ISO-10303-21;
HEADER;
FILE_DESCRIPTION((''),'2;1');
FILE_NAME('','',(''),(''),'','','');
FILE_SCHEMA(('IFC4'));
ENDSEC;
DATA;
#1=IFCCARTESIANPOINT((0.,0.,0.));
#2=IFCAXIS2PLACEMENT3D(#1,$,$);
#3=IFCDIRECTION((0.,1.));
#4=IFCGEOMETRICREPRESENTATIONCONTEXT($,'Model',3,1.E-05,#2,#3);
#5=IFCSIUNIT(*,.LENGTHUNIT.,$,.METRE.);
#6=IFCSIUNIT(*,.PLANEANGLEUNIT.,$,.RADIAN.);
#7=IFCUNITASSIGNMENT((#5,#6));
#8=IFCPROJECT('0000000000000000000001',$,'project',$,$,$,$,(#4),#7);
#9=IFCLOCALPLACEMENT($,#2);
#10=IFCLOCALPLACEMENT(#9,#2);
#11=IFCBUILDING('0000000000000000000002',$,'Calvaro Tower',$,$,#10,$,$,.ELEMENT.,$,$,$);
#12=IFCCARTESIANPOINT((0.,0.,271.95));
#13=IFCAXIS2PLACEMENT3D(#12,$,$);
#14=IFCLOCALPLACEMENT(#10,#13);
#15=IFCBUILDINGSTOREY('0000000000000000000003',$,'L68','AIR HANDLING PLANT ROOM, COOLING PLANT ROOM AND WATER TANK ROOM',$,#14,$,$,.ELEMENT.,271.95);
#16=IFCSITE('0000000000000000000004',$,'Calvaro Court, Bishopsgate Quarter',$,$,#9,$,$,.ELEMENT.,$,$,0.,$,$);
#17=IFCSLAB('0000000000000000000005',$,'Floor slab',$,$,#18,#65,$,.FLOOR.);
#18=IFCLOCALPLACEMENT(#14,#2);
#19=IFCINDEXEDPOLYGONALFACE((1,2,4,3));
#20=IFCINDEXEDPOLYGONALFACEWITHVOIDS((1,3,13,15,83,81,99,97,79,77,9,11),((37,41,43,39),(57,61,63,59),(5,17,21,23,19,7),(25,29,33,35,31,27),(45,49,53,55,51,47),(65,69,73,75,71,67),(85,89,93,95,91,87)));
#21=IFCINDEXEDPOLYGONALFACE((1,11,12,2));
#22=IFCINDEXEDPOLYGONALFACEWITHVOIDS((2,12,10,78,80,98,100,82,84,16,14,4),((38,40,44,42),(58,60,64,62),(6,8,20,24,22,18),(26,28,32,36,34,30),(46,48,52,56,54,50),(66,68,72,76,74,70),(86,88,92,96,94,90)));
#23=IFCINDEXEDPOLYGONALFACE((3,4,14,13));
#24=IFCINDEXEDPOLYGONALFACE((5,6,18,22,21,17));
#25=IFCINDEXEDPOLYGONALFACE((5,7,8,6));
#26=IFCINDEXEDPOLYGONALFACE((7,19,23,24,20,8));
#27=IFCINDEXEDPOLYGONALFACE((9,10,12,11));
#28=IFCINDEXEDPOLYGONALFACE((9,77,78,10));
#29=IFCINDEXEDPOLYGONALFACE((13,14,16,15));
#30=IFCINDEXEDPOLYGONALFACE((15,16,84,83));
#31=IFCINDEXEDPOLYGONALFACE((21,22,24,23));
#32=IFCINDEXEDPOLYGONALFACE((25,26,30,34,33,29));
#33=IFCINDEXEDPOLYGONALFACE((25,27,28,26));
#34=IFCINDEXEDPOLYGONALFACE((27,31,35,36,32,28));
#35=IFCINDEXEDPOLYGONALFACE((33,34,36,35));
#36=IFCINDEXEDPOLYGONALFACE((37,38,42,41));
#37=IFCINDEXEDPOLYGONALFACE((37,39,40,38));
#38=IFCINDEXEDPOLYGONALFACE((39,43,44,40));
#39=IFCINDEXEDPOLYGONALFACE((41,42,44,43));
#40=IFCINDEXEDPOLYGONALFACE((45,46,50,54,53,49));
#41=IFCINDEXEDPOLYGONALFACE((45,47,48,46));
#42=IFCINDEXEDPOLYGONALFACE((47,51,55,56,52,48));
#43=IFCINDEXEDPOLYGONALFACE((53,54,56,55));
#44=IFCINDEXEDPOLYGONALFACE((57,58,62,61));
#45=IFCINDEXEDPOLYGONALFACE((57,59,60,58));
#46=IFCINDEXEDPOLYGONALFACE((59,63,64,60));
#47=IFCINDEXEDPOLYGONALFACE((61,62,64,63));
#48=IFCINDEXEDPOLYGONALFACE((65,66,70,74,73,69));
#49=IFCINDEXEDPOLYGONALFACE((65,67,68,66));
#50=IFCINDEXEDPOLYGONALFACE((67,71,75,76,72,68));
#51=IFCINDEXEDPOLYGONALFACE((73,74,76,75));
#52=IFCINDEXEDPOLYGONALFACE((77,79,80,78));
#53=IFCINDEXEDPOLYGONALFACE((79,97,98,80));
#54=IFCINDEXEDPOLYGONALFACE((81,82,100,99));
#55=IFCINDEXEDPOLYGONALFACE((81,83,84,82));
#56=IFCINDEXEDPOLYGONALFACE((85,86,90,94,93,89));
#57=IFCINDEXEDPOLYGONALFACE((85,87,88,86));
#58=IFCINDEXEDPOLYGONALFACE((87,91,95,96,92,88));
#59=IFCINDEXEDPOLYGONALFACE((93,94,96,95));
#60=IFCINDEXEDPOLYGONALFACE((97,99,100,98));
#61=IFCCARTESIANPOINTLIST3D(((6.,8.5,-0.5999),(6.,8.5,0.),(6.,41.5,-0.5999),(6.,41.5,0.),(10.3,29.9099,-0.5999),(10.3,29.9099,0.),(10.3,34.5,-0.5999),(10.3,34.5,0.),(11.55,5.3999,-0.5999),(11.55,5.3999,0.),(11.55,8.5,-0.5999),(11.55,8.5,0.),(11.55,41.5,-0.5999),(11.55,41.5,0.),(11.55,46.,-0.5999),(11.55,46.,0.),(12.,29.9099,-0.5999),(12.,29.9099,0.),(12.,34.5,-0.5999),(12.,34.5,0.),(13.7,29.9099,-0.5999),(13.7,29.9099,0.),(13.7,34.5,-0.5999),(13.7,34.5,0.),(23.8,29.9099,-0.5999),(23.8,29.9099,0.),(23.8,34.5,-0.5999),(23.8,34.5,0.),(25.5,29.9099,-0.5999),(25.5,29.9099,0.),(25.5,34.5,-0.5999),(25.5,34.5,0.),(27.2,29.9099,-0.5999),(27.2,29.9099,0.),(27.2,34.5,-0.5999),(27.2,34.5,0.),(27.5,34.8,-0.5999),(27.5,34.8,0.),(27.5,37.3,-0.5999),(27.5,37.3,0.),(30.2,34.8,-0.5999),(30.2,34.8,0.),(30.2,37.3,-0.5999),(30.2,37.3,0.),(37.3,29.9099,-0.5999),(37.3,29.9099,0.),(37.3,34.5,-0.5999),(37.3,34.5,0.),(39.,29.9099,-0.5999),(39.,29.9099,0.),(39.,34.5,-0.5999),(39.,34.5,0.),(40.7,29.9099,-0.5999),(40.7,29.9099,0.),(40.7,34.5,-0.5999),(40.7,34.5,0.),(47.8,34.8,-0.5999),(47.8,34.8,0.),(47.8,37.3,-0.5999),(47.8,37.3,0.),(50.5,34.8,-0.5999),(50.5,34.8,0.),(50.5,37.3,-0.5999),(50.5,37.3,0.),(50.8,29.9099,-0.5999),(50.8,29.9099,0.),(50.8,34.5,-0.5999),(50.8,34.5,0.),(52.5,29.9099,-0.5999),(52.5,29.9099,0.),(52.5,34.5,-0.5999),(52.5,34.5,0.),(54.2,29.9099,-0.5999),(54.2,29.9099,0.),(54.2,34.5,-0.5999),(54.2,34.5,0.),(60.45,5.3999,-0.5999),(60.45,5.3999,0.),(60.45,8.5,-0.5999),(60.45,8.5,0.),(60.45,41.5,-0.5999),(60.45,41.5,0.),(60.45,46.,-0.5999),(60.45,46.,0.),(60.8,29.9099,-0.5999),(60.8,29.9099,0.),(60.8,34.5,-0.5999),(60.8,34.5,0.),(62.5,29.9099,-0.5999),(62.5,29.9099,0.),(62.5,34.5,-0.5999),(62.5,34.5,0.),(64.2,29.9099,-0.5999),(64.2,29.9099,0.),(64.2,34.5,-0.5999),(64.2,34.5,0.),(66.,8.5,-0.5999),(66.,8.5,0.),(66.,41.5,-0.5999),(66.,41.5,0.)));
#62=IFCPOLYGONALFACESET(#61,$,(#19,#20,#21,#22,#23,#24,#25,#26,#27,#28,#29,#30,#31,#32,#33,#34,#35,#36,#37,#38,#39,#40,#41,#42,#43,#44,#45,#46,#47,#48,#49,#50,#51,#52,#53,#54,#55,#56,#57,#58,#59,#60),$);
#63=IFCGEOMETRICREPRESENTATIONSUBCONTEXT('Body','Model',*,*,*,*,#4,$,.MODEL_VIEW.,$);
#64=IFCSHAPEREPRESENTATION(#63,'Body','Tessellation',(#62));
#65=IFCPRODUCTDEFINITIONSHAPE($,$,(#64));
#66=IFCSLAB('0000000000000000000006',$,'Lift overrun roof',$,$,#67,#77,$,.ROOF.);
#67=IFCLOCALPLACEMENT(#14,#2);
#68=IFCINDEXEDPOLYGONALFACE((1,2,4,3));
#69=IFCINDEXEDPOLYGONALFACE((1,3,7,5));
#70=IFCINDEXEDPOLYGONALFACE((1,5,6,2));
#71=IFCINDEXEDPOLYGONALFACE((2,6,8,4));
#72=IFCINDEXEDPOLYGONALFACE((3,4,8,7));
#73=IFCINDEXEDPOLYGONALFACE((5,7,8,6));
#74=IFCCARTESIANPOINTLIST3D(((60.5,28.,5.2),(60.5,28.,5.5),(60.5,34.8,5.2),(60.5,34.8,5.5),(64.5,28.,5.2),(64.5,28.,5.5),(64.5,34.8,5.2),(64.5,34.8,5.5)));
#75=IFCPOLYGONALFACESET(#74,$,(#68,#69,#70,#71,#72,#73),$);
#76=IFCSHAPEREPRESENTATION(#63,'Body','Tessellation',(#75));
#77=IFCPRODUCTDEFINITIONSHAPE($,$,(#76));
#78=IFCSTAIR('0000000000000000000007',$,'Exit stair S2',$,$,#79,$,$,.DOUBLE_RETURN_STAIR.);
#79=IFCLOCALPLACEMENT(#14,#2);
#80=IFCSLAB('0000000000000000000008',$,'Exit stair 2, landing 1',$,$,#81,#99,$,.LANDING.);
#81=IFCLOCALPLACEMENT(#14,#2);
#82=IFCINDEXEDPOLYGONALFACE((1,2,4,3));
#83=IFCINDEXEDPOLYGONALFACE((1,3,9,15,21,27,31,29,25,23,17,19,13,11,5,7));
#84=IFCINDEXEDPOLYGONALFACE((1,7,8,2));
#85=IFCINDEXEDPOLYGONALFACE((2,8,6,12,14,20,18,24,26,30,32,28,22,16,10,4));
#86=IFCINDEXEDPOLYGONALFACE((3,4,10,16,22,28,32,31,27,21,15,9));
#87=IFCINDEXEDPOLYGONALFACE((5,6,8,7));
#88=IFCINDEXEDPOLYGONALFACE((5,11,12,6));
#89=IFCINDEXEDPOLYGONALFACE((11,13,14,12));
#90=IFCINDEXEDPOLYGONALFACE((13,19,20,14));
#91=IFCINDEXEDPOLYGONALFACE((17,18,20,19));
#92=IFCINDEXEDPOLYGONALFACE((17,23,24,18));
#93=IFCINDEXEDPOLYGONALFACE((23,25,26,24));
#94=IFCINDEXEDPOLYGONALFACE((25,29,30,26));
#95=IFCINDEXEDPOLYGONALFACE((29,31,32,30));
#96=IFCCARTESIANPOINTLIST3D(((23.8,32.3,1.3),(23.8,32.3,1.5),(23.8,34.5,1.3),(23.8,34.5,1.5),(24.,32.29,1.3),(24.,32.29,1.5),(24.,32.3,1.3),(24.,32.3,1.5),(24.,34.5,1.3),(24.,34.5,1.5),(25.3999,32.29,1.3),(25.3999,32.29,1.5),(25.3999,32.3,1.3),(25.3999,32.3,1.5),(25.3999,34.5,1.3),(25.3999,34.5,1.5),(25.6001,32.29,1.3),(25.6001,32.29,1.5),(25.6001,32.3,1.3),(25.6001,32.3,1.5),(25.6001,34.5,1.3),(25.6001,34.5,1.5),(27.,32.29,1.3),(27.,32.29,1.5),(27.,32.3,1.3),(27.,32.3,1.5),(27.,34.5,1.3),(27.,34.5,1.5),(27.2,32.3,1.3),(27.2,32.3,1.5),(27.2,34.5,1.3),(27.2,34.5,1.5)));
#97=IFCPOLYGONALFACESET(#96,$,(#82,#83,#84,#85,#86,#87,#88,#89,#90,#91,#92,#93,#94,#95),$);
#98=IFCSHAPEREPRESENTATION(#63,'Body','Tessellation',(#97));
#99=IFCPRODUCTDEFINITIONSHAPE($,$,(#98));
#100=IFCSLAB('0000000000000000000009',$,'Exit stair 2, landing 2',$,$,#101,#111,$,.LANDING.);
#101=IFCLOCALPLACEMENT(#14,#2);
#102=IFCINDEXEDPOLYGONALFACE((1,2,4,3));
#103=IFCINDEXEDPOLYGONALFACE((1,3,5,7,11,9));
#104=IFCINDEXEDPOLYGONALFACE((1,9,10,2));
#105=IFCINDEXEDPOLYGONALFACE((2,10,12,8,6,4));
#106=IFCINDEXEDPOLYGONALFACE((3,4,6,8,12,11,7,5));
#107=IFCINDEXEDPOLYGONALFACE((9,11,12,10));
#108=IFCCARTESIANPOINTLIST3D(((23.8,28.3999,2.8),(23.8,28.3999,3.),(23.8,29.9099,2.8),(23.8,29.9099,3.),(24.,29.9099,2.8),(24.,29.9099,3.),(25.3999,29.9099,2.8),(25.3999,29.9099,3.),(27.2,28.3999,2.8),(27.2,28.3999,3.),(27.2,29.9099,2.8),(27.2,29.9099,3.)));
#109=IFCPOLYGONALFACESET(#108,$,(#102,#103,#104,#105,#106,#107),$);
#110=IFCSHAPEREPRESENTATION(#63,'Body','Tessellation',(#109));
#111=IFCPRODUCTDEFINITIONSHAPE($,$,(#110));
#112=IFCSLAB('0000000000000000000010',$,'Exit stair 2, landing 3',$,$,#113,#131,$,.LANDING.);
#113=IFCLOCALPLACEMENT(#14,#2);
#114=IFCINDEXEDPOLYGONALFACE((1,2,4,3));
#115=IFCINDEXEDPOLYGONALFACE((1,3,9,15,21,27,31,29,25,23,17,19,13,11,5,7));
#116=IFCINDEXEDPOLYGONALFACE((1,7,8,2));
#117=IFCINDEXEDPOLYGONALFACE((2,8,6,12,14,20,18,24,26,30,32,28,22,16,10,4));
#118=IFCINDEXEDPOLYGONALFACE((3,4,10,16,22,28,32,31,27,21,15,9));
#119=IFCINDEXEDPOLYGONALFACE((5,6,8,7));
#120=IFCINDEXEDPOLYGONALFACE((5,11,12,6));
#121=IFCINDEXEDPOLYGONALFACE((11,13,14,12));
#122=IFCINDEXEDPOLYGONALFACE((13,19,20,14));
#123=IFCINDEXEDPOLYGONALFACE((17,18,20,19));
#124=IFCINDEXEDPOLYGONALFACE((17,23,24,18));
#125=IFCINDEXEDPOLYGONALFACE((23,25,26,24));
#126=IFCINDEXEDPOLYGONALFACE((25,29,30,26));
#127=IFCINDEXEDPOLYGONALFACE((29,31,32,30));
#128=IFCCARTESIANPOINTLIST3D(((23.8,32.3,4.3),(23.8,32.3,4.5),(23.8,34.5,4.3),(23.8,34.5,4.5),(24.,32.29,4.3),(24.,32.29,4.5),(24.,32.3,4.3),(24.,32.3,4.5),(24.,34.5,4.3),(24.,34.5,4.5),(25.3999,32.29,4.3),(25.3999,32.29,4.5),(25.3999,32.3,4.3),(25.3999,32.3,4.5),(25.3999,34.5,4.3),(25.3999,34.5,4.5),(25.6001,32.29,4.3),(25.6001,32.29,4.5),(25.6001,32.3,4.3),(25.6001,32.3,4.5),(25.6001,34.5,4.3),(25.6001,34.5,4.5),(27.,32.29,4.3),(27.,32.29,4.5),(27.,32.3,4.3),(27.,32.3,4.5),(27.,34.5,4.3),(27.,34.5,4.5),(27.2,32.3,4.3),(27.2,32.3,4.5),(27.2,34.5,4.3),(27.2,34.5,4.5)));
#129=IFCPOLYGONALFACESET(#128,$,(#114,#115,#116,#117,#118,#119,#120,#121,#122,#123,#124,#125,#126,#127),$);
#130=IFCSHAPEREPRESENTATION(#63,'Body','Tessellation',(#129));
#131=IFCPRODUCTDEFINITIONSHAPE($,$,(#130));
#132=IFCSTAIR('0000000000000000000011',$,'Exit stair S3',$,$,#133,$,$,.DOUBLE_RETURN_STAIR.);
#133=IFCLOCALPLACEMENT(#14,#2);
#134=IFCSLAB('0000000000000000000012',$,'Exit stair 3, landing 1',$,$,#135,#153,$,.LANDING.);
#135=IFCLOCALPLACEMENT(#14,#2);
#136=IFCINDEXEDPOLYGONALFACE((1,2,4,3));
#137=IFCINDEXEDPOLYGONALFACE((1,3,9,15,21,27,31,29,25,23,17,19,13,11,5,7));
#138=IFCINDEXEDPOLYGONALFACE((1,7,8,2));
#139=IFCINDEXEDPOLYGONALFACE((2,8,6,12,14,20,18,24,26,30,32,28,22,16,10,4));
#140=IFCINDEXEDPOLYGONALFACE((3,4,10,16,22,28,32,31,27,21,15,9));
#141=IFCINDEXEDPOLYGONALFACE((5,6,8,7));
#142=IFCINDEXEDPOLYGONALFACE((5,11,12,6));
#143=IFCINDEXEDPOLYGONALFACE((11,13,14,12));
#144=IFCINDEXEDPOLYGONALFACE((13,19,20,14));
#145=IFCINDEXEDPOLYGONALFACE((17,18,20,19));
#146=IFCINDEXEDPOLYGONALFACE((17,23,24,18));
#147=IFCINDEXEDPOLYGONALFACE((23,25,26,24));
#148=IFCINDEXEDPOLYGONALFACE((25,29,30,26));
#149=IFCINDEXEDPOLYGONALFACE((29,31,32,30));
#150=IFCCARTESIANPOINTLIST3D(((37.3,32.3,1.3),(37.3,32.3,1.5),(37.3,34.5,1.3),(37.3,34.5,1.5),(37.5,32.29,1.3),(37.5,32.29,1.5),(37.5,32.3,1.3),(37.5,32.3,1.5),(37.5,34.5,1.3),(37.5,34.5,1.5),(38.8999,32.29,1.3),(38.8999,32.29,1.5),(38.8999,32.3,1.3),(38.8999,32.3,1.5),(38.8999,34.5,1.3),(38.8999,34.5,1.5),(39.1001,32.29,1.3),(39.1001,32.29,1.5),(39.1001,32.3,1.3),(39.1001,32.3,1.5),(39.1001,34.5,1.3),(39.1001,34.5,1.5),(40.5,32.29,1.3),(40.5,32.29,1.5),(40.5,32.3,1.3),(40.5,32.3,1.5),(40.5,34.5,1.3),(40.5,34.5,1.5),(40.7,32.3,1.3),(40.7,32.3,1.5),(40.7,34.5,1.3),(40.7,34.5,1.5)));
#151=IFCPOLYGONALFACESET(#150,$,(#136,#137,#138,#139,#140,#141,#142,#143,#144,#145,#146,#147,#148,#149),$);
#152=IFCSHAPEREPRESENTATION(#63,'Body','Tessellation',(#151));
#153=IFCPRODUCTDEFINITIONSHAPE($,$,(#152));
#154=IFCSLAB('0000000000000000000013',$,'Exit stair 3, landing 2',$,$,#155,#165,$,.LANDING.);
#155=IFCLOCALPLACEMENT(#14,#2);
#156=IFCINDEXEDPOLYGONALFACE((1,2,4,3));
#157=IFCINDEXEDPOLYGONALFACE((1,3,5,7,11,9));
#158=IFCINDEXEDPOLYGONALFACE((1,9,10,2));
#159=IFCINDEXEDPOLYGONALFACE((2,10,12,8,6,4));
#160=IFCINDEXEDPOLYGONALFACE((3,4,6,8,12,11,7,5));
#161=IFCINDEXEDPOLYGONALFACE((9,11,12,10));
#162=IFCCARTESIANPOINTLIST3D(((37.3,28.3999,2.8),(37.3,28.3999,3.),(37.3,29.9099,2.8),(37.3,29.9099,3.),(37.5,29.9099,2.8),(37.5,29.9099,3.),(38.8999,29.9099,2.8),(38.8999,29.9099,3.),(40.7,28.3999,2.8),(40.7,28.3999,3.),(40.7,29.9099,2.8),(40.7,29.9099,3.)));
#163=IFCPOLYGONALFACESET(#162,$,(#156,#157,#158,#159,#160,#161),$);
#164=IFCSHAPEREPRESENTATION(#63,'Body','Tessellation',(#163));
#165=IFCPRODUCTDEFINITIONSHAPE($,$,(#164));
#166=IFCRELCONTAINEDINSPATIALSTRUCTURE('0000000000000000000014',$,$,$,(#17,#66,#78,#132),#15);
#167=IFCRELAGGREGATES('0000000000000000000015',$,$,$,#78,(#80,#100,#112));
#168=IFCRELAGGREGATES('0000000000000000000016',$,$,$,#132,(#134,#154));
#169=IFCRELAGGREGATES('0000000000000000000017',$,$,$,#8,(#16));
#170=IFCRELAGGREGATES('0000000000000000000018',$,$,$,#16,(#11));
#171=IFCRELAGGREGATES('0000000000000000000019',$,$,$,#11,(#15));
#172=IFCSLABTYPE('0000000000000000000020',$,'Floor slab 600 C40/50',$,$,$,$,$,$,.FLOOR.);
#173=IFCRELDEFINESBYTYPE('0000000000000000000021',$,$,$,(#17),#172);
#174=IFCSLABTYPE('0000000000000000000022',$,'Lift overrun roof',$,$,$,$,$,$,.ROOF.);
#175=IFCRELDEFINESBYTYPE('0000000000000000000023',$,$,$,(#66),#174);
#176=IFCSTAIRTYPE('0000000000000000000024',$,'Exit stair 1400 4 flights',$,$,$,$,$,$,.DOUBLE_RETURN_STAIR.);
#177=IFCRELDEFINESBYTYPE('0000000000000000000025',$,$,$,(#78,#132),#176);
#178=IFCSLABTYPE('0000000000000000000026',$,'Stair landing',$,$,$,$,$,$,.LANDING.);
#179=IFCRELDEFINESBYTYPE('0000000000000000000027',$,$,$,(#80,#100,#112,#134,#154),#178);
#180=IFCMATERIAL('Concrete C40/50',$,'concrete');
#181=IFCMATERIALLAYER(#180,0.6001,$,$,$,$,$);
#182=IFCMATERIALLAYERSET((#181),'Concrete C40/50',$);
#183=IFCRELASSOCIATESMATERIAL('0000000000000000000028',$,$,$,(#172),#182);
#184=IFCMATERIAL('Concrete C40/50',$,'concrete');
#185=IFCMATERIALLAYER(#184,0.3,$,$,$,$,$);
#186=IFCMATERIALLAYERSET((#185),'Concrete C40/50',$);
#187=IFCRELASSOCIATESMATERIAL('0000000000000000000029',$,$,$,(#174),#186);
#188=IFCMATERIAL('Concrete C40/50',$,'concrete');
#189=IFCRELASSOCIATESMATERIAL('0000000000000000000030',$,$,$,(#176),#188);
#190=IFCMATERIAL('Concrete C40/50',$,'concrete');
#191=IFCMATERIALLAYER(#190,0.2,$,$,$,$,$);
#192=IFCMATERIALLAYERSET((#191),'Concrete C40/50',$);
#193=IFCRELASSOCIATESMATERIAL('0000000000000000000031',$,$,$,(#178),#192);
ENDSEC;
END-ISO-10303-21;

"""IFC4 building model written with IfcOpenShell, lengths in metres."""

from ifc_helpers import new_model, si_unit, direction, frame, origin, place, context, subcontext, project, spatial, polyline, outline, extrude, material, layer, layer_set, type_object, element, aggregate, save


model = new_model("IFC4")

# Units and contexts
model_context = context("Model", 3, precision=1e-05, world=origin(), true_north=direction((0.0, 1.0)))
body_context = subcontext(model_context, "Body", "Model", "MODEL_VIEW")
ifc_project = project(units=[si_unit("LENGTHUNIT", "METRE"), si_unit("PLANEANGLEUNIT", "RADIAN")], contexts=[model_context])

# Site, building, storey
site_placement = place(None, origin())
site = spatial("IfcSite", under=ifc_project, at=site_placement, Name="Calvaro Court, Bishopsgate Quarter", CompositionType="ELEMENT", RefElevation=0.0)
building_placement = place(site_placement, origin())
building = spatial("IfcBuilding", under=site, at=building_placement, Name="Calvaro Tower", CompositionType="ELEMENT")
storey_placement = place(building_placement, frame((0.0, 0.0, 271.95)))
storey = spatial("IfcBuildingStorey", under=building, at=storey_placement, Name="L68", Description="AIR HANDLING PLANT ROOM, COOLING PLANT ROOM AND WATER TANK ROOM", CompositionType="ELEMENT", Elevation=271.95)

# Slabs
ifc_material_1 = material(Name="Concrete C40/50", Category="concrete")
ifc_layer_1 = layer(ifc_material_1, 0.6001)
ifc_layer_set_1 = layer_set([ifc_layer_1], Name="Concrete C40/50")
slab_type_1 = type_object("IfcSlabType", Name="Floor slab 600 C40/50", PredefinedType="FLOOR", material=ifc_layer_set_1)
slab_1_placement = place(storey_placement, frame((0.0, 0.0, -0.5999)))
element("IfcSlab", 1, at=slab_1_placement, inside=storey, type_object=slab_type_1, Name="Floor slab", PredefinedType="FLOOR", context=body_context, shape_type="SweptSolid", body=[
    extrude(outline(polyline([(60.45, 8.5), (60.45, 5.3999), (11.55, 5.3999), (11.55, 8.5), (6.0, 8.5), (6.0, 41.5), (11.55, 41.5), (11.55, 46.0), (60.45, 46.0), (60.45, 41.5), (66.0, 41.5), (66.0, 8.5), (60.45, 8.5)]), holes=[polyline([(10.3, 29.9099), (10.3, 34.5), (12.0, 34.5), (13.7, 34.5), (13.7, 29.9099), (12.0, 29.9099), (10.3, 29.9099)]), polyline([(23.8, 29.9099), (23.8, 34.5), (25.5, 34.5), (27.2, 34.5), (27.2, 29.9099), (25.5, 29.9099), (23.8, 29.9099)]), polyline([(37.3, 29.9099), (37.3, 34.5), (39.0, 34.5), (40.7, 34.5), (40.7, 29.9099), (39.0, 29.9099), (37.3, 29.9099)]), polyline([(50.8, 29.9099), (50.8, 34.5), (52.5, 34.5), (54.2, 34.5), (54.2, 29.9099), (52.5, 29.9099), (50.8, 29.9099)]), polyline([(60.8, 29.9099), (60.8, 34.5), (62.5, 34.5), (64.2, 34.5), (64.2, 29.9099), (62.5, 29.9099), (60.8, 29.9099)]), polyline([(27.5, 34.8), (30.2, 34.8), (30.2, 37.3), (27.5, 37.3), (27.5, 34.8)]), polyline([(47.8, 34.8), (50.5, 34.8), (50.5, 37.3), (47.8, 37.3), (47.8, 34.8)])]), origin(), (0.0, 0.0, 1.0), 0.5999),
])
ifc_material_2 = material(Name="Concrete C40/50", Category="concrete")
ifc_layer_2 = layer(ifc_material_2, 0.3)
ifc_layer_set_2 = layer_set([ifc_layer_2], Name="Concrete C40/50")
slab_type_2 = type_object("IfcSlabType", Name="Lift overrun roof", PredefinedType="ROOF", material=ifc_layer_set_2)
slab_2_placement = place(storey_placement, frame((0.0, 0.0, 5.2)))
element("IfcSlab", 2, at=slab_2_placement, inside=storey, type_object=slab_type_2, Name="Lift overrun roof", PredefinedType="ROOF", context=body_context, shape_type="SweptSolid", body=[
    extrude(outline(polyline([(64.5, 28.0), (60.5, 28.0), (60.5, 34.8), (64.5, 34.8), (64.5, 28.0)])), origin(), (0.0, 0.0, 1.0), 0.3),
])

# Stairs, slabs
ifc_material_3 = material(Name="Concrete C40/50", Category="concrete")
stair_type = type_object("IfcStairType", Name="Exit stair 1400 4 flights", PredefinedType="DOUBLE_RETURN_STAIR", material=ifc_material_3)
stair_1_placement = place(storey_placement, origin())
stair_1 = element("IfcStair", 3, at=stair_1_placement, inside=storey, type_object=stair_type, Name="Exit stair S2", PredefinedType="DOUBLE_RETURN_STAIR")
ifc_material_4 = material(Name="Concrete C40/50", Category="concrete")
ifc_layer_3 = layer(ifc_material_4, 0.2)
ifc_layer_set_3 = layer_set([ifc_layer_3], Name="Concrete C40/50")
slab_type_3 = type_object("IfcSlabType", Name="Stair landing", PredefinedType="LANDING", material=ifc_layer_set_3)
slab_3_placement = place(storey_placement, frame((0.0, 0.0, 1.3)))
slab_3 = element("IfcSlab", 4, at=slab_3_placement, type_object=slab_type_3, Name="Exit stair 2, landing 1", PredefinedType="LANDING", context=body_context, shape_type="SweptSolid", body=[
    extrude(outline(polyline([(25.3999, 32.29), (24.0, 32.29), (24.0, 32.3), (23.8, 32.3), (23.8, 34.5), (24.0, 34.5), (25.3999, 34.5), (25.6001, 34.5), (27.0, 34.5), (27.2, 34.5), (27.2, 32.3), (27.0, 32.3), (27.0, 32.29), (25.6001, 32.29), (25.6001, 32.3), (25.3999, 32.3), (25.3999, 32.29)])), origin(), (0.0, 0.0, 1.0), 0.2),
])
slab_4_placement = place(storey_placement, frame((0.0, 0.0, 2.8)))
slab_4 = element("IfcSlab", 5, at=slab_4_placement, type_object=slab_type_3, Name="Exit stair 2, landing 2", PredefinedType="LANDING", context=body_context, shape_type="SweptSolid", body=[
    extrude(outline(polyline([(27.2, 29.9099), (27.2, 28.3999), (23.8, 28.3999), (23.8, 29.9099), (24.0, 29.9099), (25.3999, 29.9099), (27.2, 29.9099)])), origin(), (0.0, 0.0, 1.0), 0.2),
])
slab_5_placement = place(storey_placement, frame((0.0, 0.0, 4.3)))
slab_5 = element("IfcSlab", 6, at=slab_5_placement, type_object=slab_type_3, Name="Exit stair 2, landing 3", PredefinedType="LANDING", context=body_context, shape_type="SweptSolid", body=[
    extrude(outline(polyline([(25.3999, 32.29), (24.0, 32.29), (24.0, 32.3), (23.8, 32.3), (23.8, 34.5), (24.0, 34.5), (25.3999, 34.5), (25.6001, 34.5), (27.0, 34.5), (27.2, 34.5), (27.2, 32.3), (27.0, 32.3), (27.0, 32.29), (25.6001, 32.29), (25.6001, 32.3), (25.3999, 32.3), (25.3999, 32.29)])), origin(), (0.0, 0.0, 1.0), 0.2),
])
aggregate(stair_1, [slab_3, slab_4, slab_5])
stair_2_placement = place(storey_placement, origin())
stair_2 = element("IfcStair", 7, at=stair_2_placement, inside=storey, type_object=stair_type, Name="Exit stair S3", PredefinedType="DOUBLE_RETURN_STAIR")
slab_6_placement = place(storey_placement, frame((0.0, 0.0, 1.3)))
slab_6 = element("IfcSlab", 8, at=slab_6_placement, type_object=slab_type_3, Name="Exit stair 3, landing 1", PredefinedType="LANDING", context=body_context, shape_type="SweptSolid", body=[
    extrude(outline(polyline([(38.8999, 32.29), (37.5, 32.29), (37.5, 32.3), (37.3, 32.3), (37.3, 34.5), (37.5, 34.5), (38.8999, 34.5), (39.1001, 34.5), (40.5, 34.5), (40.7, 34.5), (40.7, 32.3), (40.5, 32.3), (40.5, 32.29), (39.1001, 32.29), (39.1001, 32.3), (38.8999, 32.3), (38.8999, 32.29)])), origin(), (0.0, 0.0, 1.0), 0.2),
])
slab_7_placement = place(storey_placement, frame((0.0, 0.0, 2.8)))
slab_7 = element("IfcSlab", 9, at=slab_7_placement, type_object=slab_type_3, Name="Exit stair 3, landing 2", PredefinedType="LANDING", context=body_context, shape_type="SweptSolid", body=[
    extrude(outline(polyline([(40.7, 29.9099), (40.7, 28.3999), (37.3, 28.3999), (37.3, 29.9099), (37.5, 29.9099), (38.8999, 29.9099), (40.7, 29.9099)])), origin(), (0.0, 0.0, 1.0), 0.2),
])
aggregate(stair_2, [slab_6, slab_7])

save(model, "model.ifc")
